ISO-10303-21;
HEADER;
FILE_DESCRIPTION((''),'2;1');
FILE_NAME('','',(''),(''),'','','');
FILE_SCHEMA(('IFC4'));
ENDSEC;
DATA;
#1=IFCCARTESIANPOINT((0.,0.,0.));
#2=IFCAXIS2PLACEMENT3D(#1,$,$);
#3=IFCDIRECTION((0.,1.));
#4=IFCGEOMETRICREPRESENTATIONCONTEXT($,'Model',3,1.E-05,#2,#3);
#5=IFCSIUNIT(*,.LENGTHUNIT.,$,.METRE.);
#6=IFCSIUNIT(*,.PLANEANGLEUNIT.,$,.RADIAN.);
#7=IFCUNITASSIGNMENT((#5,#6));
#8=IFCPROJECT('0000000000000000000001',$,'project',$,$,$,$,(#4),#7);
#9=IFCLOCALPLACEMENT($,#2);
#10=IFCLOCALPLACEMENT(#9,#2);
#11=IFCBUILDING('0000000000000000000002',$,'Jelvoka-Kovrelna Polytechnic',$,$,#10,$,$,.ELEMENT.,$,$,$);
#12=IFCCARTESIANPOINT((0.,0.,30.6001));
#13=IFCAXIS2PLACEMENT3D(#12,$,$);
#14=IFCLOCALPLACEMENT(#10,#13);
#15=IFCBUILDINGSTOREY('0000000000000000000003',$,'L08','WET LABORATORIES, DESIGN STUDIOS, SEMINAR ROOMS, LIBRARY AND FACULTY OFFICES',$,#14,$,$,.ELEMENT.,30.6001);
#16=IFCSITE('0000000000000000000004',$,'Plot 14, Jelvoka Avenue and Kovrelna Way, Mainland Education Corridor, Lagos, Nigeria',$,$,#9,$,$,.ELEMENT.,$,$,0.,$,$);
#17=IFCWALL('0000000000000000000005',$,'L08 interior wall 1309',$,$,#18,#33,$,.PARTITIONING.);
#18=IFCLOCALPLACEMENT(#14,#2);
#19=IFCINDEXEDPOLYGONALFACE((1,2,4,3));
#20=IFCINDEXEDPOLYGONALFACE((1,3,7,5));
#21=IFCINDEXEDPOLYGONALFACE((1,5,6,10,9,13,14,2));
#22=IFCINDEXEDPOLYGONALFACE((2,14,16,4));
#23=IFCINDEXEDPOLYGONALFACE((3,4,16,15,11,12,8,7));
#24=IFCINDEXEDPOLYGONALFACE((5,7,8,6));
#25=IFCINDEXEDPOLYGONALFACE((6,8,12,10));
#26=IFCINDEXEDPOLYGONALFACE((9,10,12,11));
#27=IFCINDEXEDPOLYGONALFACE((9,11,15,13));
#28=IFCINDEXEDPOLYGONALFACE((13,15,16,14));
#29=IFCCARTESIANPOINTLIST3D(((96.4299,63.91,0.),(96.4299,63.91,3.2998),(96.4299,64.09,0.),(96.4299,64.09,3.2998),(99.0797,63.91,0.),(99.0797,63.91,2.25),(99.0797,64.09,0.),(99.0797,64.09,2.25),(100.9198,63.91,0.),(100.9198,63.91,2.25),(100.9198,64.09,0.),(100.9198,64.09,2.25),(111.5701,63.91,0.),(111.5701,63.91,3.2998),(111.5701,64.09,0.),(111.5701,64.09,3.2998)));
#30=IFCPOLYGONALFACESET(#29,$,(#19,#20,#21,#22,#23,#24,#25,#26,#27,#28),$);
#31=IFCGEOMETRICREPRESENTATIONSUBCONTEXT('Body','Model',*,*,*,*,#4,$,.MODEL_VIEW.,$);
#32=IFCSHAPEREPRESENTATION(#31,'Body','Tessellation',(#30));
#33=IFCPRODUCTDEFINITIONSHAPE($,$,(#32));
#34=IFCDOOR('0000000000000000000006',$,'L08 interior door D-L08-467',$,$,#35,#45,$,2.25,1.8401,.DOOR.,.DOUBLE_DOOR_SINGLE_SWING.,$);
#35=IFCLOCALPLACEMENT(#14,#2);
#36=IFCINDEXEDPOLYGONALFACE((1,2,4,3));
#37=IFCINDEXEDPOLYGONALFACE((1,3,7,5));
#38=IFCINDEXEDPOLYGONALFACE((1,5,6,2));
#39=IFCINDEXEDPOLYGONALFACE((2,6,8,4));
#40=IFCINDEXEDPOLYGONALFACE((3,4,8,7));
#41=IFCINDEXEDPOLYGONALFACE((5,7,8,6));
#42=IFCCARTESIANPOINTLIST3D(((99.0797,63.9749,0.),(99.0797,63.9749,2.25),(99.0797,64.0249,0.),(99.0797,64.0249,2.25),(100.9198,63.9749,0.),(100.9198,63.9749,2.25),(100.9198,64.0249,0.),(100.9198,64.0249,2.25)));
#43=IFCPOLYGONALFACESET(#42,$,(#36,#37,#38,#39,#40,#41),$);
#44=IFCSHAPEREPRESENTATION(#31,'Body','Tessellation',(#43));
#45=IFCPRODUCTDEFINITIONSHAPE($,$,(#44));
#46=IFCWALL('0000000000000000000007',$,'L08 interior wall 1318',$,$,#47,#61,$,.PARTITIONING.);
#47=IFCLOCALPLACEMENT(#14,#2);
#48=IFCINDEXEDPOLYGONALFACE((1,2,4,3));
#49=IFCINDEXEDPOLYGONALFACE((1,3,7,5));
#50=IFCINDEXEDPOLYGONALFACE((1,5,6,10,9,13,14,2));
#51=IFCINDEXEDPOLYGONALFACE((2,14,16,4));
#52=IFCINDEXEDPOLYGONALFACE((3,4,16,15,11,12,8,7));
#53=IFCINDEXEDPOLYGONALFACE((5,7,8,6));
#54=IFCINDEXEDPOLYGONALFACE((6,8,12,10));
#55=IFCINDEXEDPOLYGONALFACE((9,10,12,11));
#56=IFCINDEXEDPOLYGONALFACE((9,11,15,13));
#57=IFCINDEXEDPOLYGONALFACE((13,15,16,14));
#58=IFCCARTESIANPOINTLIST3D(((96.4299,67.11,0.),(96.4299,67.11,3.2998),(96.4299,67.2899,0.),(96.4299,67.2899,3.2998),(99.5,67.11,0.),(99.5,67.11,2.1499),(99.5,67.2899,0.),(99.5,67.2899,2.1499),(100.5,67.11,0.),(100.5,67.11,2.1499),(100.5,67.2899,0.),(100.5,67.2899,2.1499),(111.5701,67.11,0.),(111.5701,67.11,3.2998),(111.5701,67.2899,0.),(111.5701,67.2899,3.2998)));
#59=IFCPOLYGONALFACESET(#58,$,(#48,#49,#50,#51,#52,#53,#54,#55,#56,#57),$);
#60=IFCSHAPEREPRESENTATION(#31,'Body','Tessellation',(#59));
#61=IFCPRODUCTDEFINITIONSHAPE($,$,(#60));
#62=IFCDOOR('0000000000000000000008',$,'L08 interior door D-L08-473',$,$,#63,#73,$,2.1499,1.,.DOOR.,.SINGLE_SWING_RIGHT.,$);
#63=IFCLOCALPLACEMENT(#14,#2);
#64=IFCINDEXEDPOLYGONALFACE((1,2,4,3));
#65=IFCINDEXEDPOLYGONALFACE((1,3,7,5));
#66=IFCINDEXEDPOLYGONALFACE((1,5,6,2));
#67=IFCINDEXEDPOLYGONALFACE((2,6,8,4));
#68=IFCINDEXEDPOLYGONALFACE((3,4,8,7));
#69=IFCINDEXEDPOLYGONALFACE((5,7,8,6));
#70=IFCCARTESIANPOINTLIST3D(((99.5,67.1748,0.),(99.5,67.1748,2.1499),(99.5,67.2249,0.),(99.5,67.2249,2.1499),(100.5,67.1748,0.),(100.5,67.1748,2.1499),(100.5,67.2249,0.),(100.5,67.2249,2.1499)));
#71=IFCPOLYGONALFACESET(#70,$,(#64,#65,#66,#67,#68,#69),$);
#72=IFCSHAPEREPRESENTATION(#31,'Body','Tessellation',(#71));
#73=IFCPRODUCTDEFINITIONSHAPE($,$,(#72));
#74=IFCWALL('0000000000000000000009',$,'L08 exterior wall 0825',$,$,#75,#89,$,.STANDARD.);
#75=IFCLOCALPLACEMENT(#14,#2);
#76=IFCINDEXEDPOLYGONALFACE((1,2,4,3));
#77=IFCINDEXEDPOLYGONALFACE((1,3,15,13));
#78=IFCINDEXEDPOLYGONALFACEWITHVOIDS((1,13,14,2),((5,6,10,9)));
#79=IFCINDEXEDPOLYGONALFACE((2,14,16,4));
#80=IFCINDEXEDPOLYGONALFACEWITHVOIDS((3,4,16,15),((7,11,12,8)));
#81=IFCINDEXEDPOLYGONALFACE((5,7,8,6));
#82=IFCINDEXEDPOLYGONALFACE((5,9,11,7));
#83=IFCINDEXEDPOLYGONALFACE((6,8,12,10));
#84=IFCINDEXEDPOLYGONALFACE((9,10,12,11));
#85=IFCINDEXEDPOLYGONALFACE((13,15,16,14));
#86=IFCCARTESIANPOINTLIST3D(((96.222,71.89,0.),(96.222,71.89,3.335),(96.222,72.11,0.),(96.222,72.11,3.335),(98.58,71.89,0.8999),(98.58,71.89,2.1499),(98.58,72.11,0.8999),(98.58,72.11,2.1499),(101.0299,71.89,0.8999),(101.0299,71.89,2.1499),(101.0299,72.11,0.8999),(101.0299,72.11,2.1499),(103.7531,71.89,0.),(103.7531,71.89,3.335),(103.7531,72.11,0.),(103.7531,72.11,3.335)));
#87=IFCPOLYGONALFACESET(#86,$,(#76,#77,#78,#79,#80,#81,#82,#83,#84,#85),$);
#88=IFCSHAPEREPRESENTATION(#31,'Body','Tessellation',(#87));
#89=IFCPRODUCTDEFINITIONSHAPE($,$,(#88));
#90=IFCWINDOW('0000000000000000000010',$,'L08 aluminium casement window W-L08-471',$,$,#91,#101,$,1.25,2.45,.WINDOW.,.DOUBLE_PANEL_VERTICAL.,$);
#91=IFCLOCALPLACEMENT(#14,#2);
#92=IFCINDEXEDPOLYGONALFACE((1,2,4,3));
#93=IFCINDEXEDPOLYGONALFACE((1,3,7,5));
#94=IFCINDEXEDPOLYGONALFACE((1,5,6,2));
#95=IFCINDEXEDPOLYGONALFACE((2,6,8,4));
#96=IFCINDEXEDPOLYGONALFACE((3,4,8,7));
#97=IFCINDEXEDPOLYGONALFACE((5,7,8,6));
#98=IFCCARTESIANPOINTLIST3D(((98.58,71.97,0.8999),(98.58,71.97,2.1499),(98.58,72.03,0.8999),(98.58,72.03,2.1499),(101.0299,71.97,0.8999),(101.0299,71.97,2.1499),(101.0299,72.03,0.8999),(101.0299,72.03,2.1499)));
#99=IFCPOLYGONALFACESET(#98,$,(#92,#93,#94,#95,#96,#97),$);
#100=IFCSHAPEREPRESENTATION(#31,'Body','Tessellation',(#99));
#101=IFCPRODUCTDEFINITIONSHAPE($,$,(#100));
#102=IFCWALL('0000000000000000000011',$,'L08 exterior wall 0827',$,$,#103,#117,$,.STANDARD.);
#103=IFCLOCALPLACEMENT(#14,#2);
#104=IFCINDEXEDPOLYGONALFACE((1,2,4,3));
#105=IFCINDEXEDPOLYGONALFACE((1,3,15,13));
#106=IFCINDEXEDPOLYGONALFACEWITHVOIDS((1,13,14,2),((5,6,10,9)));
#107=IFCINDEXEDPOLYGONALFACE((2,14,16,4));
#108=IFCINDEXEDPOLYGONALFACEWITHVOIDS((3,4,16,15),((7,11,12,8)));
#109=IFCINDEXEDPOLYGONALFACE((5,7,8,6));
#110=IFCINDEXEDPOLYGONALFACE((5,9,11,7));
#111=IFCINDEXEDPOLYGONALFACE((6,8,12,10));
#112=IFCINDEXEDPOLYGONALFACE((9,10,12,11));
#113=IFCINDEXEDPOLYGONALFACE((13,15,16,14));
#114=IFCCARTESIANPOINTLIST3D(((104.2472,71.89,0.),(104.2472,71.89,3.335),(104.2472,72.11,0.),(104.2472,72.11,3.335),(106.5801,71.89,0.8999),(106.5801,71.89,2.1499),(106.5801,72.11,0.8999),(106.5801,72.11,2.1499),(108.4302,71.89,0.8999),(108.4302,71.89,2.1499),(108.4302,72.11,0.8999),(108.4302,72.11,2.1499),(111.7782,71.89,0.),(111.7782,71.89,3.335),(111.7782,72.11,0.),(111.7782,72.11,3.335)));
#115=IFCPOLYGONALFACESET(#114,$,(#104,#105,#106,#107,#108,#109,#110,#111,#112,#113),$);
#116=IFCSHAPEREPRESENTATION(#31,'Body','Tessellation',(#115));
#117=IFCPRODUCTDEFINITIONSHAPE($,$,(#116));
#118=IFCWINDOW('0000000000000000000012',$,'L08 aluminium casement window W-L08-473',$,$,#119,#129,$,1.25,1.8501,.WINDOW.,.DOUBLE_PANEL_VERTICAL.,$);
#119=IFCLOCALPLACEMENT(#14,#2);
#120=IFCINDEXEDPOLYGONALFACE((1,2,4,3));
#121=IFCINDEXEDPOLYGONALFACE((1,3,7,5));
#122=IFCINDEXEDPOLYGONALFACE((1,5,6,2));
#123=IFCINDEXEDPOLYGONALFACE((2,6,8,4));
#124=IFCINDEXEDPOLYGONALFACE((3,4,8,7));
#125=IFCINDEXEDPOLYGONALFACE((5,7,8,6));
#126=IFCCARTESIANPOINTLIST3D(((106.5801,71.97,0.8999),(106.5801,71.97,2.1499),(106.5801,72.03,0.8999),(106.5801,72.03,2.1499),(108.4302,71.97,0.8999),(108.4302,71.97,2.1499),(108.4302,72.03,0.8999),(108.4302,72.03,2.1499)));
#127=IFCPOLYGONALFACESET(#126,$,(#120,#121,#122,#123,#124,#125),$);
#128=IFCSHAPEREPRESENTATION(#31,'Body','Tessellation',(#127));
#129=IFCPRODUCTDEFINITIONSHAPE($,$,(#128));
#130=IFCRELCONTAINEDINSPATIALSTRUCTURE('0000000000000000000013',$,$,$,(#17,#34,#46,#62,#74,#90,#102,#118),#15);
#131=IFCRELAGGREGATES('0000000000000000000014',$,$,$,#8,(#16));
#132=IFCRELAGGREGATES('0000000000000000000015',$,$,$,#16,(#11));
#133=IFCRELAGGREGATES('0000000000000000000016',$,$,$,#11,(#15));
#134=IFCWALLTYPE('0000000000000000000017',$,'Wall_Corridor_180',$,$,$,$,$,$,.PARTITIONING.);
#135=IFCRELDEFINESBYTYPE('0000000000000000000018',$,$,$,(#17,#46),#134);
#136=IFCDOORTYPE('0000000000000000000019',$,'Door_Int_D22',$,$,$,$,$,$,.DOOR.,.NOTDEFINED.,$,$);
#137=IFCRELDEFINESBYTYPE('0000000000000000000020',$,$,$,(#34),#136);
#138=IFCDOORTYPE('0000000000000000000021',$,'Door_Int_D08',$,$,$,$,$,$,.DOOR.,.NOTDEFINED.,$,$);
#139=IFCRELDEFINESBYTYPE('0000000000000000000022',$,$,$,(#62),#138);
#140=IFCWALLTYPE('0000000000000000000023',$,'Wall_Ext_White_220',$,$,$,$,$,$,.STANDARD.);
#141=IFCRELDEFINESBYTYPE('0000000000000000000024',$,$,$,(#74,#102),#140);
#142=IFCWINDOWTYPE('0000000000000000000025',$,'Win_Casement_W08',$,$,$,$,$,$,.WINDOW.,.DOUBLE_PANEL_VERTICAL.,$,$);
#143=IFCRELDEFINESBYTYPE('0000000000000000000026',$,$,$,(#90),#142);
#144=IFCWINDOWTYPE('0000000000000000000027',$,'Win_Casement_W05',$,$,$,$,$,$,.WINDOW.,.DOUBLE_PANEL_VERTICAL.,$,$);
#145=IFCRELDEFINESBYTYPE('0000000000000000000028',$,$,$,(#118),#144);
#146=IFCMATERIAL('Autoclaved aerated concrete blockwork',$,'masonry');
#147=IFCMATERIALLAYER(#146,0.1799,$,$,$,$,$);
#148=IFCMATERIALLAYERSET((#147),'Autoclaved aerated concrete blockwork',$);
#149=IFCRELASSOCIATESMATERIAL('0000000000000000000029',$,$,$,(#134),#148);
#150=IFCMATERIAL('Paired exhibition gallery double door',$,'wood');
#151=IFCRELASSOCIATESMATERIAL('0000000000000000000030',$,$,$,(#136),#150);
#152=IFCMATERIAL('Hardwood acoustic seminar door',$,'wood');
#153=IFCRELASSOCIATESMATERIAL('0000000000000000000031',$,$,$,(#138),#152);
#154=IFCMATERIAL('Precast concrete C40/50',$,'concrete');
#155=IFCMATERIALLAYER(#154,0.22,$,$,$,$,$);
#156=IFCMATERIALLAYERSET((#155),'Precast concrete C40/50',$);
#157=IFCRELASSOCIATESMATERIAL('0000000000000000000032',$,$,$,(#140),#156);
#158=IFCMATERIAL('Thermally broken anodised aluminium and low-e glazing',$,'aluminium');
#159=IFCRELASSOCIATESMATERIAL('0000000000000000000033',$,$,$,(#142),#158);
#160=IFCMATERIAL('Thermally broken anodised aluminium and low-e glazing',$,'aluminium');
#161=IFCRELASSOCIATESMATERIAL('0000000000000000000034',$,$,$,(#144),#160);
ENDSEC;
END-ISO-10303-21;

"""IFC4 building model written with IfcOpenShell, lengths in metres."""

from ifc_helpers import new_model, si_unit, direction, frame, frame_2d, origin, place, context, subcontext, project, spatial, rectangle, extrude, material, layer, layer_set, type_object, element, fill, save


model = new_model("IFC4")

# Units and contexts
model_context = context("Model", 3, precision=1e-05, world=origin(), true_north=direction((0.0, 1.0)))
body_context = subcontext(model_context, "Body", "Model", "MODEL_VIEW")
ifc_project = project(units=[si_unit("LENGTHUNIT", "METRE"), si_unit("PLANEANGLEUNIT", "RADIAN")], contexts=[model_context])

# Site, building, storey
site_placement = place(None, origin())
site = spatial("IfcSite", under=ifc_project, at=site_placement, Name="Plot 14, Jelvoka Avenue and Kovrelna Way, Mainland Education Corridor, Lagos, Nigeria", CompositionType="ELEMENT", RefElevation=0.0)
building_placement = place(site_placement, origin())
building = spatial("IfcBuilding", under=site, at=building_placement, Name="Jelvoka-Kovrelna Polytechnic", CompositionType="ELEMENT")
storey_placement = place(building_placement, frame((0.0, 0.0, 30.6001)))
storey = spatial("IfcBuildingStorey", under=building, at=storey_placement, Name="L08", Description="WET LABORATORIES, DESIGN STUDIOS, SEMINAR ROOMS, LIBRARY AND FACULTY OFFICES", CompositionType="ELEMENT", Elevation=30.6001)

# Walls, openings, doors
ifc_material_1 = material(Name="Autoclaved aerated concrete blockwork", Category="masonry")
ifc_layer_1 = layer(ifc_material_1, 0.1799)
ifc_layer_set_1 = layer_set([ifc_layer_1], Name="Autoclaved aerated concrete blockwork")
wall_type_1 = type_object("IfcWallType", Name="Wall_Corridor_180", PredefinedType="PARTITIONING", material=ifc_layer_set_1)
wall_1_placement = place(storey_placement, frame((96.4299, 64.0, 0.0), z_axis=(0.0, 0.0, 1.0), x_axis=(1.0, 0.0, 0.0)))
wall_1 = element("IfcWall", 1, at=wall_1_placement, inside=storey, type_object=wall_type_1, Name="L08 interior wall 1309", PredefinedType="PARTITIONING", context=body_context, shape_type="SweptSolid", body=[
    extrude(rectangle(XDim=15.1401, YDim=0.1799, at=frame_2d((7.5701, 0.0))), origin(), (0.0, 0.0, 1.0), 3.2998),
])
opening_1_placement = place(wall_1_placement, frame((2.6499, 0.0, 0.0)))
opening_1 = element("IfcOpeningElement", 2, at=opening_1_placement, cuts=wall_1, PredefinedType="OPENING", context=body_context, shape_type="SweptSolid", body=[
    extrude(rectangle(XDim=1.8401, YDim=2.25, at=frame_2d((0.9199, 1.125))), frame((0.0, 0.0999, 0.0), z_axis=(0.0, -1.0, 0.0), x_axis=(1.0, 0.0, 0.0)), (0.0, 0.0, 1.0), 0.2),
])
ifc_material_2 = material(Name="Paired exhibition gallery double door", Category="wood")
door_type_1 = type_object("IfcDoorType", Name="Door_Int_D22", OperationType="NOTDEFINED", PredefinedType="DOOR", material=ifc_material_2)
door_1_placement = place(opening_1_placement, origin())
door_1 = element("IfcDoor", 3, at=door_1_placement, inside=storey, type_object=door_type_1, Name="L08 interior door D-L08-467", OperationType="DOUBLE_DOOR_SINGLE_SWING", OverallHeight=2.25, OverallWidth=1.8401, PredefinedType="DOOR", context=body_context, shape_type="SweptSolid", body=[
    extrude(rectangle(XDim=1.8401, YDim=2.25, at=frame_2d((0.9199, 1.125))), frame((0.0, 0.0249, 0.0), z_axis=(0.0, -1.0, 0.0), x_axis=(1.0, 0.0, 0.0)), (0.0, 0.0, 1.0), 0.05),
])
fill(opening_1, door_1)
wall_2_placement = place(storey_placement, frame((96.4299, 67.2, 0.0), z_axis=(0.0, 0.0, 1.0), x_axis=(1.0, 0.0, 0.0)))
wall_2 = element("IfcWall", 4, at=wall_2_placement, inside=storey, type_object=wall_type_1, Name="L08 interior wall 1318", PredefinedType="PARTITIONING", context=body_context, shape_type="SweptSolid", body=[
    extrude(rectangle(XDim=15.1401, YDim=0.1799, at=frame_2d((7.5701, 0.0))), origin(), (0.0, 0.0, 1.0), 3.2998),
])
opening_2_placement = place(wall_2_placement, frame((3.0701, 0.0, 0.0)))
opening_2 = element("IfcOpeningElement", 5, at=opening_2_placement, cuts=wall_2, PredefinedType="OPENING", context=body_context, shape_type="SweptSolid", body=[
    extrude(rectangle(XDim=1.0, YDim=2.1499, at=frame_2d((0.5, 1.075))), frame((0.0, 0.0999, 0.0), z_axis=(0.0, -1.0, 0.0), x_axis=(1.0, 0.0, 0.0)), (0.0, 0.0, 1.0), 0.2),
])
ifc_material_3 = material(Name="Hardwood acoustic seminar door", Category="wood")
door_type_2 = type_object("IfcDoorType", Name="Door_Int_D08", OperationType="NOTDEFINED", PredefinedType="DOOR", material=ifc_material_3)
door_2_placement = place(opening_2_placement, origin())
door_2 = element("IfcDoor", 6, at=door_2_placement, inside=storey, type_object=door_type_2, Name="L08 interior door D-L08-473", OperationType="SINGLE_SWING_RIGHT", OverallHeight=2.1499, OverallWidth=1.0, PredefinedType="DOOR", context=body_context, shape_type="SweptSolid", body=[
    extrude(rectangle(XDim=1.0, YDim=2.1499, at=frame_2d((0.5, 1.075))), frame((0.0, 0.0249, 0.0), z_axis=(0.0, -1.0, 0.0), x_axis=(1.0, 0.0, 0.0)), (0.0, 0.0, 1.0), 0.05),
])
fill(opening_2, door_2)

# Walls, openings, windows
ifc_material_4 = material(Name="Precast concrete C40/50", Category="concrete")
ifc_layer_2 = layer(ifc_material_4, 0.22)
ifc_layer_set_2 = layer_set([ifc_layer_2], Name="Precast concrete C40/50")
wall_type_2 = type_object("IfcWallType", Name="Wall_Ext_White_220", PredefinedType="STANDARD", material=ifc_layer_set_2)
wall_3_placement = place(storey_placement, frame((96.2219, 72.0, 0.0), z_axis=(0.0, 0.0, 1.0), x_axis=(1.0, 0.0, 0.0)))
wall_3 = element("IfcWall", 7, at=wall_3_placement, inside=storey, type_object=wall_type_2, Name="L08 exterior wall 0825", PredefinedType="STANDARD", context=body_context, shape_type="SweptSolid", body=[
    extrude(rectangle(XDim=7.531, YDim=0.22, at=frame_2d((3.7656, 0.0))), origin(), (0.0, 0.0, 1.0), 3.335),
])
opening_3_placement = place(wall_3_placement, frame((2.3579, 0.0, 0.8999)))
opening_3 = element("IfcOpeningElement", 8, at=opening_3_placement, cuts=wall_3, PredefinedType="OPENING", context=body_context, shape_type="SweptSolid", body=[
    extrude(rectangle(XDim=2.45, YDim=1.25, at=frame_2d((1.2251, 0.625))), frame((0.0, 0.1199, 0.0), z_axis=(0.0, -1.0, 0.0), x_axis=(1.0, 0.0, 0.0)), (0.0, 0.0, 1.0), 0.24),
])
ifc_material_5 = material(Name="Thermally broken anodised aluminium and low-e glazing", Category="aluminium")
window_type_1 = type_object("IfcWindowType", Name="Win_Casement_W08", PartitioningType="DOUBLE_PANEL_VERTICAL", PredefinedType="WINDOW", material=ifc_material_5)
window_1_placement = place(opening_3_placement, origin())
window_1 = element("IfcWindow", 9, at=window_1_placement, inside=storey, type_object=window_type_1, Name="L08 aluminium casement window W-L08-471", OverallHeight=1.25, OverallWidth=2.45, PartitioningType="DOUBLE_PANEL_VERTICAL", PredefinedType="WINDOW", context=body_context, shape_type="SweptSolid", body=[
    extrude(rectangle(XDim=2.45, YDim=1.25, at=frame_2d((1.2251, 0.625))), frame((0.0, 0.03, 0.0), z_axis=(0.0, -1.0, 0.0), x_axis=(1.0, 0.0, 0.0)), (0.0, 0.0, 1.0), 0.0601),
])
fill(opening_3, window_1)
wall_4_placement = place(storey_placement, frame((104.2471, 72.0, 0.0), z_axis=(0.0, 0.0, 1.0), x_axis=(1.0, 0.0, 0.0)))
wall_4 = element("IfcWall", 10, at=wall_4_placement, inside=storey, type_object=wall_type_2, Name="L08 exterior wall 0827", PredefinedType="STANDARD", context=body_context, shape_type="SweptSolid", body=[
    extrude(rectangle(XDim=7.531, YDim=0.22, at=frame_2d((3.7656, 0.0))), origin(), (0.0, 0.0, 1.0), 3.335),
])
opening_4_placement = place(wall_4_placement, frame((2.333, 0.0, 0.8999)))
opening_4 = element("IfcOpeningElement", 11, at=opening_4_placement, cuts=wall_4, PredefinedType="OPENING", context=body_context, shape_type="SweptSolid", body=[
    extrude(rectangle(XDim=1.8501, YDim=1.25, at=frame_2d((0.925, 0.625))), frame((0.0, 0.1199, 0.0), z_axis=(0.0, -1.0, 0.0), x_axis=(1.0, 0.0, 0.0)), (0.0, 0.0, 1.0), 0.24),
])
ifc_material_6 = material(Name="Thermally broken anodised aluminium and low-e glazing", Category="aluminium")
window_type_2 = type_object("IfcWindowType", Name="Win_Casement_W05", PartitioningType="DOUBLE_PANEL_VERTICAL", PredefinedType="WINDOW", material=ifc_material_6)
window_2_placement = place(opening_4_placement, origin())
window_2 = element("IfcWindow", 12, at=window_2_placement, inside=storey, type_object=window_type_2, Name="L08 aluminium casement window W-L08-473", OverallHeight=1.25, OverallWidth=1.8501, PartitioningType="DOUBLE_PANEL_VERTICAL", PredefinedType="WINDOW", context=body_context, shape_type="SweptSolid", body=[
    extrude(rectangle(XDim=1.8501, YDim=1.25, at=frame_2d((0.925, 0.625))), frame((0.0, 0.03, 0.0), z_axis=(0.0, -1.0, 0.0), x_axis=(1.0, 0.0, 0.0)), (0.0, 0.0, 1.0), 0.0601),
])
fill(opening_4, window_2)

save(model, "model.ifc")
